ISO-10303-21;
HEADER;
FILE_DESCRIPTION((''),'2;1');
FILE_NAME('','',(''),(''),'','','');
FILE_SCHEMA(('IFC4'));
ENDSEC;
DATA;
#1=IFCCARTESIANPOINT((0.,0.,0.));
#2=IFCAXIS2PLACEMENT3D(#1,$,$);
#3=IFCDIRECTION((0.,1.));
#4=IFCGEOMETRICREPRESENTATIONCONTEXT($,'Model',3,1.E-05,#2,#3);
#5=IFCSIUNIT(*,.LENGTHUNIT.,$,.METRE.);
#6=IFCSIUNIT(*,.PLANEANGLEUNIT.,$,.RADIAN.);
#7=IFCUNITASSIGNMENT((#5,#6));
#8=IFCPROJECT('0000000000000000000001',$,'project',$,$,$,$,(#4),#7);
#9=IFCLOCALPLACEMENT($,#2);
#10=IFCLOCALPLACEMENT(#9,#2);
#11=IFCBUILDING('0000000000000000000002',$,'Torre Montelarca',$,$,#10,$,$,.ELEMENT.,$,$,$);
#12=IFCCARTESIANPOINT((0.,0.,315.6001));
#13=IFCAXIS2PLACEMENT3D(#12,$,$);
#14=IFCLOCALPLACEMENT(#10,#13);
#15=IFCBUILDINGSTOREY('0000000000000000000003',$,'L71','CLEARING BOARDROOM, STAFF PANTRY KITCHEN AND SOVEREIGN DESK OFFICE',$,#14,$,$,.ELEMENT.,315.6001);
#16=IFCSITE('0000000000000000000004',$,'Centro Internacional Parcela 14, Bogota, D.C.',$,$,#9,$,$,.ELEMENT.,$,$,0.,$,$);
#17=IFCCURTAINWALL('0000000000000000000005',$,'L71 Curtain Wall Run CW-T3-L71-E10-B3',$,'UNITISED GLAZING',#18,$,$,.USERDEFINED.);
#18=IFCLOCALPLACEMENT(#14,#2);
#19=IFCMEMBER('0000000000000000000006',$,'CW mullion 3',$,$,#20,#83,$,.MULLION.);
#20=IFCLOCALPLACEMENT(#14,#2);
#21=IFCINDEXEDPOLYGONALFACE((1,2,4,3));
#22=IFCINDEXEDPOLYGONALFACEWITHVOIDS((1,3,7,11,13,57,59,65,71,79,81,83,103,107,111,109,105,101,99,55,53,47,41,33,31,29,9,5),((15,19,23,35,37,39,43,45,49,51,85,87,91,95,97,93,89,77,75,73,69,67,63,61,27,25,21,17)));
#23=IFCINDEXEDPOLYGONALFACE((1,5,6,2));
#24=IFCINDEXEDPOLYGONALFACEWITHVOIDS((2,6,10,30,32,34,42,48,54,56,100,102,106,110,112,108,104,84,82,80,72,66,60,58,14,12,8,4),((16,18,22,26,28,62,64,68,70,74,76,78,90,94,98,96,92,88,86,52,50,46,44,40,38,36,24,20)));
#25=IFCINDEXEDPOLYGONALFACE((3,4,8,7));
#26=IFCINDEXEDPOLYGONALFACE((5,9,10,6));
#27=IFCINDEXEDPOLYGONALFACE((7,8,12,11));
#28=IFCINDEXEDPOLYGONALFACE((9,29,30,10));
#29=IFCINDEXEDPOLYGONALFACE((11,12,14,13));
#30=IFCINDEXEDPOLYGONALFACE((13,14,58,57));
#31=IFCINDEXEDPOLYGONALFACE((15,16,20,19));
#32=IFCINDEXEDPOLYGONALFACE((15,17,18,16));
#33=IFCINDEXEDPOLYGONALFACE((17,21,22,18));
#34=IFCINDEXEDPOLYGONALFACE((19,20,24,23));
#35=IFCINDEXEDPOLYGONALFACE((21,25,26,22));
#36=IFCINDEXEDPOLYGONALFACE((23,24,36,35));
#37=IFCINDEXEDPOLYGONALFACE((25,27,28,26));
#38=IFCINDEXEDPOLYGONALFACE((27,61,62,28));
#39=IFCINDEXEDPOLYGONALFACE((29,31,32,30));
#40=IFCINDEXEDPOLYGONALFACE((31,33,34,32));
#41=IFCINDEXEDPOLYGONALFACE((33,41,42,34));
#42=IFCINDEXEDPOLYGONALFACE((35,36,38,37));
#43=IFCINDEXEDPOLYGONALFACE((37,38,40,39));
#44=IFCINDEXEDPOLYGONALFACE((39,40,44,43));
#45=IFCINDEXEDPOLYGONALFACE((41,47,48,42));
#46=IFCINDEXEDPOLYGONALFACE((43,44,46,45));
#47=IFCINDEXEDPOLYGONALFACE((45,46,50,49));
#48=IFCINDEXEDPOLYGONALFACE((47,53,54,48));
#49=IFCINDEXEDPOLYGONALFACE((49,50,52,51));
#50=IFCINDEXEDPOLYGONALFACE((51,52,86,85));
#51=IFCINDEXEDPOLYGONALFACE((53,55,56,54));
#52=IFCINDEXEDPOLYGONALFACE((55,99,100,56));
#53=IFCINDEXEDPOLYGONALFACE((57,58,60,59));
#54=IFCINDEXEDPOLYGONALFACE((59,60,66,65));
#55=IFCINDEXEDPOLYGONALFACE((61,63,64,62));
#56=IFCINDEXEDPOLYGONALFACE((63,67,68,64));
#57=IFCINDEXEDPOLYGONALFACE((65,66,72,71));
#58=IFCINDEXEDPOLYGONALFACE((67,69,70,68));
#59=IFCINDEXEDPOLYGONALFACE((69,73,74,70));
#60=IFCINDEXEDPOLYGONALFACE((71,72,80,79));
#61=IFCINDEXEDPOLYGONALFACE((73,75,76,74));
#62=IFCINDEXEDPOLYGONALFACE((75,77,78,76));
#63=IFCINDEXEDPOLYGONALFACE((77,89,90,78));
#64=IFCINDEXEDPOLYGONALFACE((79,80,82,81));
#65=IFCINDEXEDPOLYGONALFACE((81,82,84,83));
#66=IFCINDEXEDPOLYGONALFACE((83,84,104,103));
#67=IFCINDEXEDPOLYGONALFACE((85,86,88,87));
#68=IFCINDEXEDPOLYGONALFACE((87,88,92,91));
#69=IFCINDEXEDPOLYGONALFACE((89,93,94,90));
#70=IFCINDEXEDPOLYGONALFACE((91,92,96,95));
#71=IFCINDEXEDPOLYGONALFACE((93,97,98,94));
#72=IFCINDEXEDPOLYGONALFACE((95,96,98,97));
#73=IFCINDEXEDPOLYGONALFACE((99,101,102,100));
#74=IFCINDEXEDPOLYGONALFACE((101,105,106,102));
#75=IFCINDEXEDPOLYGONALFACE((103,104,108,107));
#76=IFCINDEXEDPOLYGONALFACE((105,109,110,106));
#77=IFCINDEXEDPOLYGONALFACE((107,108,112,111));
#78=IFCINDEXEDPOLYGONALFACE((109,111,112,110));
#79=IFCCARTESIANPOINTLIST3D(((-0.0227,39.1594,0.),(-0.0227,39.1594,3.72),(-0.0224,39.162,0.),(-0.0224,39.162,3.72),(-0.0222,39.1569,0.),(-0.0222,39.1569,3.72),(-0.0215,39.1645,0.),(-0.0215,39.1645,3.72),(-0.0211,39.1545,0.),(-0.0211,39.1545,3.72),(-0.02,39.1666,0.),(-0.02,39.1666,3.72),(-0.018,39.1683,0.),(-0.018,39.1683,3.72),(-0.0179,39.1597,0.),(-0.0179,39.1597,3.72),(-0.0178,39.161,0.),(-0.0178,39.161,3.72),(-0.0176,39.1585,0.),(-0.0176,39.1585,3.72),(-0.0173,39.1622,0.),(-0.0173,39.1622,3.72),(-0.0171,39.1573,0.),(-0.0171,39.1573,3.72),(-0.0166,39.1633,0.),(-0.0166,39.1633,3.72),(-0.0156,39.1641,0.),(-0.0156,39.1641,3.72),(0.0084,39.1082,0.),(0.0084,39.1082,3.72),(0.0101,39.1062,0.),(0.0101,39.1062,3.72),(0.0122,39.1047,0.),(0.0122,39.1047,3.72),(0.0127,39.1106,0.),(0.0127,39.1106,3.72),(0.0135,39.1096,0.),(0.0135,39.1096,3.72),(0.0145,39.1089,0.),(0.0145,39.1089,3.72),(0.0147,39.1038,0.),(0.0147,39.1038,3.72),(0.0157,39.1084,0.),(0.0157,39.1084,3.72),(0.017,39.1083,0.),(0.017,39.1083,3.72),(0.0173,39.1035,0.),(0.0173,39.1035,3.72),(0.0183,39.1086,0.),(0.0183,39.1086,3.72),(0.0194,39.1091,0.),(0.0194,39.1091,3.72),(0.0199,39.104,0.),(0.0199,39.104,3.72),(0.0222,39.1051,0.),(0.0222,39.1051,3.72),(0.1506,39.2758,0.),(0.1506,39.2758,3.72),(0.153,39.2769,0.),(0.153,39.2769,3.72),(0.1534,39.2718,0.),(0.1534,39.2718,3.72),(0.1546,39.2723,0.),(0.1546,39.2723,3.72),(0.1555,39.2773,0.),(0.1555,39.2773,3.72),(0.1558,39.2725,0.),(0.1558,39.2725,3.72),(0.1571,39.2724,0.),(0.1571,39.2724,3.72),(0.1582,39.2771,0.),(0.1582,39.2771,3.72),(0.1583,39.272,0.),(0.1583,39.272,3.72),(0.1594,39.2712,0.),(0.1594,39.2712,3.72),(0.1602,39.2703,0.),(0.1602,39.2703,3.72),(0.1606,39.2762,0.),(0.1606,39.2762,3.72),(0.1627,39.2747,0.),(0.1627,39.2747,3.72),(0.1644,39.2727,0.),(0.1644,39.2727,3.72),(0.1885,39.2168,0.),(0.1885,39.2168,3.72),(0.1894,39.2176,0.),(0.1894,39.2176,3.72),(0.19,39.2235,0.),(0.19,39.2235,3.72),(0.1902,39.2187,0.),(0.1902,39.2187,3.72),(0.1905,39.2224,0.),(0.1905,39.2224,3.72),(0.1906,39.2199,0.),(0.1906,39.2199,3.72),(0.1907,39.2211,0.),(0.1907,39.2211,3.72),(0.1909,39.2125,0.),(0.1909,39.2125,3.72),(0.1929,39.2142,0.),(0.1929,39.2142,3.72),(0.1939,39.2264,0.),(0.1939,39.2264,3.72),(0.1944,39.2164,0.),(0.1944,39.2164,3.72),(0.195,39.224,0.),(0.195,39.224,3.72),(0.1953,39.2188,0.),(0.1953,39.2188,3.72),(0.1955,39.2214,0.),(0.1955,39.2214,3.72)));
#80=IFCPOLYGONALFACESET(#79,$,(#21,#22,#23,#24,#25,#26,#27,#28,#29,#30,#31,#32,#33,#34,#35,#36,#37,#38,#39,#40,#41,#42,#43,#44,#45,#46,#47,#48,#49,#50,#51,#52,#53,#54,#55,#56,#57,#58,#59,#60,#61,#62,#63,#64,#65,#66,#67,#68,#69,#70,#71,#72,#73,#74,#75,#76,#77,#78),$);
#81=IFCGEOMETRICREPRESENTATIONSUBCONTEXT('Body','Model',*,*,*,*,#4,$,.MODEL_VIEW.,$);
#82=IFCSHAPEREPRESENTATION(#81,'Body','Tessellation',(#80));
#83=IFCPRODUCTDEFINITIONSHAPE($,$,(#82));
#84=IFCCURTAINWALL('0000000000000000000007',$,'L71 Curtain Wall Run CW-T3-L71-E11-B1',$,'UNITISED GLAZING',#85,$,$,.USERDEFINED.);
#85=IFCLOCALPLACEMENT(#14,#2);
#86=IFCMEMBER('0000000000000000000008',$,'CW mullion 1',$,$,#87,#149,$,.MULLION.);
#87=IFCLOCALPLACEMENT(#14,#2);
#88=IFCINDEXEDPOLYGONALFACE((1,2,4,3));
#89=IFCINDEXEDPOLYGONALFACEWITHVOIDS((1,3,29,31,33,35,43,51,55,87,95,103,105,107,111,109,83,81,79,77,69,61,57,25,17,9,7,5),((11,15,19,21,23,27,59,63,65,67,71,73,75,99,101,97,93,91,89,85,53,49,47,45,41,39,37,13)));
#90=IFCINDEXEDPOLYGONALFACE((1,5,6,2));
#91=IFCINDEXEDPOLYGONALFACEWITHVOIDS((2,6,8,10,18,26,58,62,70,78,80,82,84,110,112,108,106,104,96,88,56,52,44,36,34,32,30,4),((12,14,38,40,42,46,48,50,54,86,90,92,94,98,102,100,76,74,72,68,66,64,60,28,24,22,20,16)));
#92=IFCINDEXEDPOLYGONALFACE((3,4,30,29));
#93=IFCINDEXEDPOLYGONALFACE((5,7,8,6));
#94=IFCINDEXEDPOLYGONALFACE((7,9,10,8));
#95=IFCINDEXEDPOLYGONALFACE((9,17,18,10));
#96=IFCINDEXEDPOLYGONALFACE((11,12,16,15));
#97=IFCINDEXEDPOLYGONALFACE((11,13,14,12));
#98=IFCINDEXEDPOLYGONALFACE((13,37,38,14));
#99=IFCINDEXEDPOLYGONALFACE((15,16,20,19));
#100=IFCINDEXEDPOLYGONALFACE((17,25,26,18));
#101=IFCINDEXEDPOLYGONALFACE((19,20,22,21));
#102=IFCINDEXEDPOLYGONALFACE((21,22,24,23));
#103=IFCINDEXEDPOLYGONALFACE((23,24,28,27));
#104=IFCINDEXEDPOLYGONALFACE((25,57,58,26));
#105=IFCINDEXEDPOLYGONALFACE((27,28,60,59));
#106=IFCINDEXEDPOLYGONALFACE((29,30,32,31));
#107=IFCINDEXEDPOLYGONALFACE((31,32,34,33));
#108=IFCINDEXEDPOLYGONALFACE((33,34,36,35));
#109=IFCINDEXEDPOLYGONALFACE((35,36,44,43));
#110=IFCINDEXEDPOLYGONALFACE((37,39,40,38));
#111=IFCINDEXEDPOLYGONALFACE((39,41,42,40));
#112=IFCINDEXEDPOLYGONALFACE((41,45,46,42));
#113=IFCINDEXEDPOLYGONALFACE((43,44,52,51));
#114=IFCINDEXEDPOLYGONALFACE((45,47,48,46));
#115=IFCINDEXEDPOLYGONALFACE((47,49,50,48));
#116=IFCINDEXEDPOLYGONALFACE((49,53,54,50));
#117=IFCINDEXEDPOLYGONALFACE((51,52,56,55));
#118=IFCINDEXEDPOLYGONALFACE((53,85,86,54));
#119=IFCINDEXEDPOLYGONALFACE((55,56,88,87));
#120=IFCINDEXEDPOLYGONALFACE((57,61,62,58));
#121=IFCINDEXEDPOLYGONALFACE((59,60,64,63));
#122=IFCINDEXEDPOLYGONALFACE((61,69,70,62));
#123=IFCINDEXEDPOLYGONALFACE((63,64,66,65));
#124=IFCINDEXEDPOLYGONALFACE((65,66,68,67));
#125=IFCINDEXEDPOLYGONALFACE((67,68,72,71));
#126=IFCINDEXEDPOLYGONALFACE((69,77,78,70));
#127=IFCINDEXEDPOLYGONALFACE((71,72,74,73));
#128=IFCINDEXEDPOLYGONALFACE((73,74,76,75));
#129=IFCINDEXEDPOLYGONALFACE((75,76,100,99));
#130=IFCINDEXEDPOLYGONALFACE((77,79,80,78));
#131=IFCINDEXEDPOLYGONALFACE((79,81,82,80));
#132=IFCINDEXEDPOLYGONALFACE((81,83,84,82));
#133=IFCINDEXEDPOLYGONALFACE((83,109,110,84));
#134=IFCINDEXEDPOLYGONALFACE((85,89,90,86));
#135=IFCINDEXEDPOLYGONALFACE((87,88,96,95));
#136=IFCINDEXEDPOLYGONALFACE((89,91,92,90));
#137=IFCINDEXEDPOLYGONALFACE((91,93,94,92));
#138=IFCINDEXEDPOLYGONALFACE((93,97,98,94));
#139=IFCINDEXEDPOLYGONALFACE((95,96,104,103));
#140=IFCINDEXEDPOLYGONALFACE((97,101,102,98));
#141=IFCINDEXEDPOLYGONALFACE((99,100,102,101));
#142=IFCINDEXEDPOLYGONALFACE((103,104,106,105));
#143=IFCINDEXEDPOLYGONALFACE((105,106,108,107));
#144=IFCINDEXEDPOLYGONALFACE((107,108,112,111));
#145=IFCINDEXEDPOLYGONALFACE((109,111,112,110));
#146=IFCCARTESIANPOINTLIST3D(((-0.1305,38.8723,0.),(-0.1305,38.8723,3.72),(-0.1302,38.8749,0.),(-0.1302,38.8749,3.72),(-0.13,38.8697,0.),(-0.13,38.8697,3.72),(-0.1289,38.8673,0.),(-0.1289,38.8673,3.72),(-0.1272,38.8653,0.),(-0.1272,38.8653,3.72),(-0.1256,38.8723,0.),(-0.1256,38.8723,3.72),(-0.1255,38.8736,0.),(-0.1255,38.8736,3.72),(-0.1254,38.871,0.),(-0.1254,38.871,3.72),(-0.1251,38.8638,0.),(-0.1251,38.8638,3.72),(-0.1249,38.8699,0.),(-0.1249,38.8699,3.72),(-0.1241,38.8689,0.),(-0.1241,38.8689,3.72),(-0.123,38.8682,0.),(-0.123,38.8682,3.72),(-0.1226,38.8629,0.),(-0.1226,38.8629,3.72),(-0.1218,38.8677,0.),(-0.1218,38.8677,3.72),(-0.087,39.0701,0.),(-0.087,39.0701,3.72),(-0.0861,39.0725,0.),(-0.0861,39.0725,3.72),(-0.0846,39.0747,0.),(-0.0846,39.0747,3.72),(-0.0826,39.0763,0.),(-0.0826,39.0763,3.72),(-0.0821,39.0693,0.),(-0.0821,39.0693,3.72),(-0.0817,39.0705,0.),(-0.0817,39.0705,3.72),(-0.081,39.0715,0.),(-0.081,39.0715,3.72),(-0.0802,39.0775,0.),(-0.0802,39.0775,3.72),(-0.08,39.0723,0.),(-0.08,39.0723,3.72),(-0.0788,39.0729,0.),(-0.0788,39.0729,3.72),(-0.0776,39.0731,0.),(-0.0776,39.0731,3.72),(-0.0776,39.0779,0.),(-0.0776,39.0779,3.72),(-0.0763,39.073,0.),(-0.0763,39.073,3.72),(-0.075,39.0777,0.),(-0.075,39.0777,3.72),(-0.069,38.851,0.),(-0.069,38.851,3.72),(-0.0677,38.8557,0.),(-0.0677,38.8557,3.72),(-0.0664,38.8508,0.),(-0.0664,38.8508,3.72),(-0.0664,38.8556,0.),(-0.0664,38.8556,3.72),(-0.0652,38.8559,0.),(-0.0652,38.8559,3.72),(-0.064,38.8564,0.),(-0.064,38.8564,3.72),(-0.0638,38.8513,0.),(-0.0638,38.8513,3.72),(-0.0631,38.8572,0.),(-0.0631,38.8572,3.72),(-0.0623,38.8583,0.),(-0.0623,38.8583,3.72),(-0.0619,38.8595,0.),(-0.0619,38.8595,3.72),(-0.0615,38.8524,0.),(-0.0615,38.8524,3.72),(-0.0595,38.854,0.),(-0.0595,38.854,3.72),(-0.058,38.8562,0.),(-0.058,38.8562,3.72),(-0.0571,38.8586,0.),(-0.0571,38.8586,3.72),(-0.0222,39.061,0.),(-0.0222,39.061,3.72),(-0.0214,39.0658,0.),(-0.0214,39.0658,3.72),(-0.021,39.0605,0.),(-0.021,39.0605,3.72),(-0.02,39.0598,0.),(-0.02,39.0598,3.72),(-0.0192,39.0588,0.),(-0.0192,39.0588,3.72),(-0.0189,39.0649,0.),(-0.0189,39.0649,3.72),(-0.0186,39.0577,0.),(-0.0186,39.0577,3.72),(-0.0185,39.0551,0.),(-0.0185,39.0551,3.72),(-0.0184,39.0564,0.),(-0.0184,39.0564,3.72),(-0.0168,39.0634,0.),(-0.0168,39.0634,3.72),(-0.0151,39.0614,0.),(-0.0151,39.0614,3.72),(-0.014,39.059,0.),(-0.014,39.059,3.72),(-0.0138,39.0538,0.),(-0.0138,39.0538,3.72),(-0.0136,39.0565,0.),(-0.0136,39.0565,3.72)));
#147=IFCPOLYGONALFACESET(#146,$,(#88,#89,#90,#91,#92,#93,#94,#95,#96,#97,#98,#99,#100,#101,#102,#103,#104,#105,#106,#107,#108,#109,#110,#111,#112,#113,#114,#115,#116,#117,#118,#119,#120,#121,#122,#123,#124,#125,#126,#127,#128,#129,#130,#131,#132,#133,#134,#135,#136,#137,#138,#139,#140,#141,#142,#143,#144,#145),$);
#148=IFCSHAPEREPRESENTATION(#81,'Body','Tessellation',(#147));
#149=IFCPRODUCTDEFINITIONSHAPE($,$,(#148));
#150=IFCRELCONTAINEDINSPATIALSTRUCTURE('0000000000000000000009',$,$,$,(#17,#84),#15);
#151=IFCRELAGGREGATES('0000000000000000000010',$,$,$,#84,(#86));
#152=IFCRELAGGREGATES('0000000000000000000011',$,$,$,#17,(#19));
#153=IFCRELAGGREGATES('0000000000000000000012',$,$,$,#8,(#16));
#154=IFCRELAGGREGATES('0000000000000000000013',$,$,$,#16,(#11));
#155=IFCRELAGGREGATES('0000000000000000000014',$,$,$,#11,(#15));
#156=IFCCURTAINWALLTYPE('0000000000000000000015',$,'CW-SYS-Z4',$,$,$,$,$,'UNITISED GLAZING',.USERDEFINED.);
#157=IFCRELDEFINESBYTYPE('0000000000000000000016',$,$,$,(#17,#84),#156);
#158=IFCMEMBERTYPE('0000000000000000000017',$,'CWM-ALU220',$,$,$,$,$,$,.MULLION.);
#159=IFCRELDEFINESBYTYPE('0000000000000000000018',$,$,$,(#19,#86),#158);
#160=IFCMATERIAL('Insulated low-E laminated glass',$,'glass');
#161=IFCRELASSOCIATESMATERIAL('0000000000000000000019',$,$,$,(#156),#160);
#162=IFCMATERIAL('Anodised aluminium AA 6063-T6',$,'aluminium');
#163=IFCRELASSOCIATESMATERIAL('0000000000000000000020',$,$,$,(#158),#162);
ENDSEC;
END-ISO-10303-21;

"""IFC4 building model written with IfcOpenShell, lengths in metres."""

from ifc_helpers import new_model, si_unit, direction, frame, origin, origin_2d, place, context, subcontext, project, spatial, hollow_rectangle, extrude, source, transform, mapped, material, material_profile, profile_set, type_object, element, aggregate, save


model = new_model("IFC4")

# Units and contexts
model_context = context("Model", 3, precision=1e-05, world=origin(), true_north=direction((0.0, 1.0)))
body_context = subcontext(model_context, "Body", "Model", "MODEL_VIEW")
ifc_project = project(units=[si_unit("LENGTHUNIT", "METRE"), si_unit("PLANEANGLEUNIT", "RADIAN")], contexts=[model_context])

# Site, building, storey
site_placement = place(None, origin())
site = spatial("IfcSite", under=ifc_project, at=site_placement, Name="Centro Internacional Parcela 14, Bogota, D.C.", CompositionType="ELEMENT", RefElevation=0.0)
building_placement = place(site_placement, origin())
building = spatial("IfcBuilding", under=site, at=building_placement, Name="Torre Montelarca", CompositionType="ELEMENT")
storey_placement = place(building_placement, frame((0.0, 0.0, 315.6001)))
storey = spatial("IfcBuildingStorey", under=building, at=storey_placement, Name="L71", Description="CLEARING BOARDROOM, STAFF PANTRY KITCHEN AND SOVEREIGN DESK OFFICE", CompositionType="ELEMENT", Elevation=315.6001)

# Curtain walls, members
ifc_material_1 = material(Name="Insulated low-E laminated glass", Category="glass")
curtain_wall_type = type_object("IfcCurtainWallType", Name="CW-SYS-Z4", ElementType="UNITISED GLAZING", PredefinedType="USERDEFINED", material=ifc_material_1)
curtain_wall_1_placement = place(storey_placement, origin())
curtain_wall_1 = element("IfcCurtainWall", 1, at=curtain_wall_1_placement, inside=storey, type_object=curtain_wall_type, Name="L71 Curtain Wall Run CW-T3-L71-E10-B3", ObjectType="UNITISED GLAZING", PredefinedType="USERDEFINED")
ifc_material_2 = material(Name="Anodised aluminium AA 6063-T6", Category="aluminium")
ifc_material_profile_1 = material_profile(ifc_material_2, hollow_rectangle(XDim=0.075, YDim=0.22, WallThickness=0.0049, InnerFilletRadius=0.0049, OuterFilletRadius=0.01, at=origin_2d()), Name="ALU75X220X5", Category="aluminium")
ifc_profile_set_1 = profile_set([ifc_material_profile_1], Name="Anodised aluminium AA 6063-T6")
member_type_1 = type_object("IfcMemberType", Name="CWM-ALU220", PredefinedType="MULLION", material=ifc_profile_set_1)
shared_shape_1 = source(origin(), body_context, "Body", "SweptSolid", [
    extrude(hollow_rectangle(XDim=0.075, YDim=0.22, WallThickness=0.0049, InnerFilletRadius=0.0049, OuterFilletRadius=0.01, at=origin_2d()), origin(), (0.0, 0.0, 1.0), 3.72),
])
member_1_placement = place(storey_placement, frame((0.0864, 39.1904, 0.0), z_axis=(0.0, 0.0, 1.0), x_axis=(0.537304, -0.843389, 0.0)))
member_1 = element("IfcMember", 2, at=member_1_placement, type_object=member_type_1, Name="CW mullion 3", PredefinedType="MULLION", context=body_context, shape_type="MappedRepresentation", body=[
    mapped(shared_shape_1, transform((0.0, 0.0, 0.0), scale=1.0)),
])
curtain_wall_2_placement = place(storey_placement, origin())
curtain_wall_2 = element("IfcCurtainWall", 3, at=curtain_wall_2_placement, inside=storey, type_object=curtain_wall_type, Name="L71 Curtain Wall Run CW-T3-L71-E11-B1", ObjectType="UNITISED GLAZING", PredefinedType="USERDEFINED")
member_2_placement = place(storey_placement, frame((-0.072, 38.9644, 0.0), z_axis=(0.0, 0.0, 1.0), x_axis=(0.976291, -0.216462, 0.0)))
member_2 = element("IfcMember", 4, at=member_2_placement, type_object=member_type_1, Name="CW mullion 1", PredefinedType="MULLION", context=body_context, shape_type="MappedRepresentation", body=[
    mapped(shared_shape_1, transform((0.0, 0.0, 0.0), scale=1.0)),
])

aggregate(curtain_wall_2, [member_2])
aggregate(curtain_wall_1, [member_1])

save(model, "model.ifc")
